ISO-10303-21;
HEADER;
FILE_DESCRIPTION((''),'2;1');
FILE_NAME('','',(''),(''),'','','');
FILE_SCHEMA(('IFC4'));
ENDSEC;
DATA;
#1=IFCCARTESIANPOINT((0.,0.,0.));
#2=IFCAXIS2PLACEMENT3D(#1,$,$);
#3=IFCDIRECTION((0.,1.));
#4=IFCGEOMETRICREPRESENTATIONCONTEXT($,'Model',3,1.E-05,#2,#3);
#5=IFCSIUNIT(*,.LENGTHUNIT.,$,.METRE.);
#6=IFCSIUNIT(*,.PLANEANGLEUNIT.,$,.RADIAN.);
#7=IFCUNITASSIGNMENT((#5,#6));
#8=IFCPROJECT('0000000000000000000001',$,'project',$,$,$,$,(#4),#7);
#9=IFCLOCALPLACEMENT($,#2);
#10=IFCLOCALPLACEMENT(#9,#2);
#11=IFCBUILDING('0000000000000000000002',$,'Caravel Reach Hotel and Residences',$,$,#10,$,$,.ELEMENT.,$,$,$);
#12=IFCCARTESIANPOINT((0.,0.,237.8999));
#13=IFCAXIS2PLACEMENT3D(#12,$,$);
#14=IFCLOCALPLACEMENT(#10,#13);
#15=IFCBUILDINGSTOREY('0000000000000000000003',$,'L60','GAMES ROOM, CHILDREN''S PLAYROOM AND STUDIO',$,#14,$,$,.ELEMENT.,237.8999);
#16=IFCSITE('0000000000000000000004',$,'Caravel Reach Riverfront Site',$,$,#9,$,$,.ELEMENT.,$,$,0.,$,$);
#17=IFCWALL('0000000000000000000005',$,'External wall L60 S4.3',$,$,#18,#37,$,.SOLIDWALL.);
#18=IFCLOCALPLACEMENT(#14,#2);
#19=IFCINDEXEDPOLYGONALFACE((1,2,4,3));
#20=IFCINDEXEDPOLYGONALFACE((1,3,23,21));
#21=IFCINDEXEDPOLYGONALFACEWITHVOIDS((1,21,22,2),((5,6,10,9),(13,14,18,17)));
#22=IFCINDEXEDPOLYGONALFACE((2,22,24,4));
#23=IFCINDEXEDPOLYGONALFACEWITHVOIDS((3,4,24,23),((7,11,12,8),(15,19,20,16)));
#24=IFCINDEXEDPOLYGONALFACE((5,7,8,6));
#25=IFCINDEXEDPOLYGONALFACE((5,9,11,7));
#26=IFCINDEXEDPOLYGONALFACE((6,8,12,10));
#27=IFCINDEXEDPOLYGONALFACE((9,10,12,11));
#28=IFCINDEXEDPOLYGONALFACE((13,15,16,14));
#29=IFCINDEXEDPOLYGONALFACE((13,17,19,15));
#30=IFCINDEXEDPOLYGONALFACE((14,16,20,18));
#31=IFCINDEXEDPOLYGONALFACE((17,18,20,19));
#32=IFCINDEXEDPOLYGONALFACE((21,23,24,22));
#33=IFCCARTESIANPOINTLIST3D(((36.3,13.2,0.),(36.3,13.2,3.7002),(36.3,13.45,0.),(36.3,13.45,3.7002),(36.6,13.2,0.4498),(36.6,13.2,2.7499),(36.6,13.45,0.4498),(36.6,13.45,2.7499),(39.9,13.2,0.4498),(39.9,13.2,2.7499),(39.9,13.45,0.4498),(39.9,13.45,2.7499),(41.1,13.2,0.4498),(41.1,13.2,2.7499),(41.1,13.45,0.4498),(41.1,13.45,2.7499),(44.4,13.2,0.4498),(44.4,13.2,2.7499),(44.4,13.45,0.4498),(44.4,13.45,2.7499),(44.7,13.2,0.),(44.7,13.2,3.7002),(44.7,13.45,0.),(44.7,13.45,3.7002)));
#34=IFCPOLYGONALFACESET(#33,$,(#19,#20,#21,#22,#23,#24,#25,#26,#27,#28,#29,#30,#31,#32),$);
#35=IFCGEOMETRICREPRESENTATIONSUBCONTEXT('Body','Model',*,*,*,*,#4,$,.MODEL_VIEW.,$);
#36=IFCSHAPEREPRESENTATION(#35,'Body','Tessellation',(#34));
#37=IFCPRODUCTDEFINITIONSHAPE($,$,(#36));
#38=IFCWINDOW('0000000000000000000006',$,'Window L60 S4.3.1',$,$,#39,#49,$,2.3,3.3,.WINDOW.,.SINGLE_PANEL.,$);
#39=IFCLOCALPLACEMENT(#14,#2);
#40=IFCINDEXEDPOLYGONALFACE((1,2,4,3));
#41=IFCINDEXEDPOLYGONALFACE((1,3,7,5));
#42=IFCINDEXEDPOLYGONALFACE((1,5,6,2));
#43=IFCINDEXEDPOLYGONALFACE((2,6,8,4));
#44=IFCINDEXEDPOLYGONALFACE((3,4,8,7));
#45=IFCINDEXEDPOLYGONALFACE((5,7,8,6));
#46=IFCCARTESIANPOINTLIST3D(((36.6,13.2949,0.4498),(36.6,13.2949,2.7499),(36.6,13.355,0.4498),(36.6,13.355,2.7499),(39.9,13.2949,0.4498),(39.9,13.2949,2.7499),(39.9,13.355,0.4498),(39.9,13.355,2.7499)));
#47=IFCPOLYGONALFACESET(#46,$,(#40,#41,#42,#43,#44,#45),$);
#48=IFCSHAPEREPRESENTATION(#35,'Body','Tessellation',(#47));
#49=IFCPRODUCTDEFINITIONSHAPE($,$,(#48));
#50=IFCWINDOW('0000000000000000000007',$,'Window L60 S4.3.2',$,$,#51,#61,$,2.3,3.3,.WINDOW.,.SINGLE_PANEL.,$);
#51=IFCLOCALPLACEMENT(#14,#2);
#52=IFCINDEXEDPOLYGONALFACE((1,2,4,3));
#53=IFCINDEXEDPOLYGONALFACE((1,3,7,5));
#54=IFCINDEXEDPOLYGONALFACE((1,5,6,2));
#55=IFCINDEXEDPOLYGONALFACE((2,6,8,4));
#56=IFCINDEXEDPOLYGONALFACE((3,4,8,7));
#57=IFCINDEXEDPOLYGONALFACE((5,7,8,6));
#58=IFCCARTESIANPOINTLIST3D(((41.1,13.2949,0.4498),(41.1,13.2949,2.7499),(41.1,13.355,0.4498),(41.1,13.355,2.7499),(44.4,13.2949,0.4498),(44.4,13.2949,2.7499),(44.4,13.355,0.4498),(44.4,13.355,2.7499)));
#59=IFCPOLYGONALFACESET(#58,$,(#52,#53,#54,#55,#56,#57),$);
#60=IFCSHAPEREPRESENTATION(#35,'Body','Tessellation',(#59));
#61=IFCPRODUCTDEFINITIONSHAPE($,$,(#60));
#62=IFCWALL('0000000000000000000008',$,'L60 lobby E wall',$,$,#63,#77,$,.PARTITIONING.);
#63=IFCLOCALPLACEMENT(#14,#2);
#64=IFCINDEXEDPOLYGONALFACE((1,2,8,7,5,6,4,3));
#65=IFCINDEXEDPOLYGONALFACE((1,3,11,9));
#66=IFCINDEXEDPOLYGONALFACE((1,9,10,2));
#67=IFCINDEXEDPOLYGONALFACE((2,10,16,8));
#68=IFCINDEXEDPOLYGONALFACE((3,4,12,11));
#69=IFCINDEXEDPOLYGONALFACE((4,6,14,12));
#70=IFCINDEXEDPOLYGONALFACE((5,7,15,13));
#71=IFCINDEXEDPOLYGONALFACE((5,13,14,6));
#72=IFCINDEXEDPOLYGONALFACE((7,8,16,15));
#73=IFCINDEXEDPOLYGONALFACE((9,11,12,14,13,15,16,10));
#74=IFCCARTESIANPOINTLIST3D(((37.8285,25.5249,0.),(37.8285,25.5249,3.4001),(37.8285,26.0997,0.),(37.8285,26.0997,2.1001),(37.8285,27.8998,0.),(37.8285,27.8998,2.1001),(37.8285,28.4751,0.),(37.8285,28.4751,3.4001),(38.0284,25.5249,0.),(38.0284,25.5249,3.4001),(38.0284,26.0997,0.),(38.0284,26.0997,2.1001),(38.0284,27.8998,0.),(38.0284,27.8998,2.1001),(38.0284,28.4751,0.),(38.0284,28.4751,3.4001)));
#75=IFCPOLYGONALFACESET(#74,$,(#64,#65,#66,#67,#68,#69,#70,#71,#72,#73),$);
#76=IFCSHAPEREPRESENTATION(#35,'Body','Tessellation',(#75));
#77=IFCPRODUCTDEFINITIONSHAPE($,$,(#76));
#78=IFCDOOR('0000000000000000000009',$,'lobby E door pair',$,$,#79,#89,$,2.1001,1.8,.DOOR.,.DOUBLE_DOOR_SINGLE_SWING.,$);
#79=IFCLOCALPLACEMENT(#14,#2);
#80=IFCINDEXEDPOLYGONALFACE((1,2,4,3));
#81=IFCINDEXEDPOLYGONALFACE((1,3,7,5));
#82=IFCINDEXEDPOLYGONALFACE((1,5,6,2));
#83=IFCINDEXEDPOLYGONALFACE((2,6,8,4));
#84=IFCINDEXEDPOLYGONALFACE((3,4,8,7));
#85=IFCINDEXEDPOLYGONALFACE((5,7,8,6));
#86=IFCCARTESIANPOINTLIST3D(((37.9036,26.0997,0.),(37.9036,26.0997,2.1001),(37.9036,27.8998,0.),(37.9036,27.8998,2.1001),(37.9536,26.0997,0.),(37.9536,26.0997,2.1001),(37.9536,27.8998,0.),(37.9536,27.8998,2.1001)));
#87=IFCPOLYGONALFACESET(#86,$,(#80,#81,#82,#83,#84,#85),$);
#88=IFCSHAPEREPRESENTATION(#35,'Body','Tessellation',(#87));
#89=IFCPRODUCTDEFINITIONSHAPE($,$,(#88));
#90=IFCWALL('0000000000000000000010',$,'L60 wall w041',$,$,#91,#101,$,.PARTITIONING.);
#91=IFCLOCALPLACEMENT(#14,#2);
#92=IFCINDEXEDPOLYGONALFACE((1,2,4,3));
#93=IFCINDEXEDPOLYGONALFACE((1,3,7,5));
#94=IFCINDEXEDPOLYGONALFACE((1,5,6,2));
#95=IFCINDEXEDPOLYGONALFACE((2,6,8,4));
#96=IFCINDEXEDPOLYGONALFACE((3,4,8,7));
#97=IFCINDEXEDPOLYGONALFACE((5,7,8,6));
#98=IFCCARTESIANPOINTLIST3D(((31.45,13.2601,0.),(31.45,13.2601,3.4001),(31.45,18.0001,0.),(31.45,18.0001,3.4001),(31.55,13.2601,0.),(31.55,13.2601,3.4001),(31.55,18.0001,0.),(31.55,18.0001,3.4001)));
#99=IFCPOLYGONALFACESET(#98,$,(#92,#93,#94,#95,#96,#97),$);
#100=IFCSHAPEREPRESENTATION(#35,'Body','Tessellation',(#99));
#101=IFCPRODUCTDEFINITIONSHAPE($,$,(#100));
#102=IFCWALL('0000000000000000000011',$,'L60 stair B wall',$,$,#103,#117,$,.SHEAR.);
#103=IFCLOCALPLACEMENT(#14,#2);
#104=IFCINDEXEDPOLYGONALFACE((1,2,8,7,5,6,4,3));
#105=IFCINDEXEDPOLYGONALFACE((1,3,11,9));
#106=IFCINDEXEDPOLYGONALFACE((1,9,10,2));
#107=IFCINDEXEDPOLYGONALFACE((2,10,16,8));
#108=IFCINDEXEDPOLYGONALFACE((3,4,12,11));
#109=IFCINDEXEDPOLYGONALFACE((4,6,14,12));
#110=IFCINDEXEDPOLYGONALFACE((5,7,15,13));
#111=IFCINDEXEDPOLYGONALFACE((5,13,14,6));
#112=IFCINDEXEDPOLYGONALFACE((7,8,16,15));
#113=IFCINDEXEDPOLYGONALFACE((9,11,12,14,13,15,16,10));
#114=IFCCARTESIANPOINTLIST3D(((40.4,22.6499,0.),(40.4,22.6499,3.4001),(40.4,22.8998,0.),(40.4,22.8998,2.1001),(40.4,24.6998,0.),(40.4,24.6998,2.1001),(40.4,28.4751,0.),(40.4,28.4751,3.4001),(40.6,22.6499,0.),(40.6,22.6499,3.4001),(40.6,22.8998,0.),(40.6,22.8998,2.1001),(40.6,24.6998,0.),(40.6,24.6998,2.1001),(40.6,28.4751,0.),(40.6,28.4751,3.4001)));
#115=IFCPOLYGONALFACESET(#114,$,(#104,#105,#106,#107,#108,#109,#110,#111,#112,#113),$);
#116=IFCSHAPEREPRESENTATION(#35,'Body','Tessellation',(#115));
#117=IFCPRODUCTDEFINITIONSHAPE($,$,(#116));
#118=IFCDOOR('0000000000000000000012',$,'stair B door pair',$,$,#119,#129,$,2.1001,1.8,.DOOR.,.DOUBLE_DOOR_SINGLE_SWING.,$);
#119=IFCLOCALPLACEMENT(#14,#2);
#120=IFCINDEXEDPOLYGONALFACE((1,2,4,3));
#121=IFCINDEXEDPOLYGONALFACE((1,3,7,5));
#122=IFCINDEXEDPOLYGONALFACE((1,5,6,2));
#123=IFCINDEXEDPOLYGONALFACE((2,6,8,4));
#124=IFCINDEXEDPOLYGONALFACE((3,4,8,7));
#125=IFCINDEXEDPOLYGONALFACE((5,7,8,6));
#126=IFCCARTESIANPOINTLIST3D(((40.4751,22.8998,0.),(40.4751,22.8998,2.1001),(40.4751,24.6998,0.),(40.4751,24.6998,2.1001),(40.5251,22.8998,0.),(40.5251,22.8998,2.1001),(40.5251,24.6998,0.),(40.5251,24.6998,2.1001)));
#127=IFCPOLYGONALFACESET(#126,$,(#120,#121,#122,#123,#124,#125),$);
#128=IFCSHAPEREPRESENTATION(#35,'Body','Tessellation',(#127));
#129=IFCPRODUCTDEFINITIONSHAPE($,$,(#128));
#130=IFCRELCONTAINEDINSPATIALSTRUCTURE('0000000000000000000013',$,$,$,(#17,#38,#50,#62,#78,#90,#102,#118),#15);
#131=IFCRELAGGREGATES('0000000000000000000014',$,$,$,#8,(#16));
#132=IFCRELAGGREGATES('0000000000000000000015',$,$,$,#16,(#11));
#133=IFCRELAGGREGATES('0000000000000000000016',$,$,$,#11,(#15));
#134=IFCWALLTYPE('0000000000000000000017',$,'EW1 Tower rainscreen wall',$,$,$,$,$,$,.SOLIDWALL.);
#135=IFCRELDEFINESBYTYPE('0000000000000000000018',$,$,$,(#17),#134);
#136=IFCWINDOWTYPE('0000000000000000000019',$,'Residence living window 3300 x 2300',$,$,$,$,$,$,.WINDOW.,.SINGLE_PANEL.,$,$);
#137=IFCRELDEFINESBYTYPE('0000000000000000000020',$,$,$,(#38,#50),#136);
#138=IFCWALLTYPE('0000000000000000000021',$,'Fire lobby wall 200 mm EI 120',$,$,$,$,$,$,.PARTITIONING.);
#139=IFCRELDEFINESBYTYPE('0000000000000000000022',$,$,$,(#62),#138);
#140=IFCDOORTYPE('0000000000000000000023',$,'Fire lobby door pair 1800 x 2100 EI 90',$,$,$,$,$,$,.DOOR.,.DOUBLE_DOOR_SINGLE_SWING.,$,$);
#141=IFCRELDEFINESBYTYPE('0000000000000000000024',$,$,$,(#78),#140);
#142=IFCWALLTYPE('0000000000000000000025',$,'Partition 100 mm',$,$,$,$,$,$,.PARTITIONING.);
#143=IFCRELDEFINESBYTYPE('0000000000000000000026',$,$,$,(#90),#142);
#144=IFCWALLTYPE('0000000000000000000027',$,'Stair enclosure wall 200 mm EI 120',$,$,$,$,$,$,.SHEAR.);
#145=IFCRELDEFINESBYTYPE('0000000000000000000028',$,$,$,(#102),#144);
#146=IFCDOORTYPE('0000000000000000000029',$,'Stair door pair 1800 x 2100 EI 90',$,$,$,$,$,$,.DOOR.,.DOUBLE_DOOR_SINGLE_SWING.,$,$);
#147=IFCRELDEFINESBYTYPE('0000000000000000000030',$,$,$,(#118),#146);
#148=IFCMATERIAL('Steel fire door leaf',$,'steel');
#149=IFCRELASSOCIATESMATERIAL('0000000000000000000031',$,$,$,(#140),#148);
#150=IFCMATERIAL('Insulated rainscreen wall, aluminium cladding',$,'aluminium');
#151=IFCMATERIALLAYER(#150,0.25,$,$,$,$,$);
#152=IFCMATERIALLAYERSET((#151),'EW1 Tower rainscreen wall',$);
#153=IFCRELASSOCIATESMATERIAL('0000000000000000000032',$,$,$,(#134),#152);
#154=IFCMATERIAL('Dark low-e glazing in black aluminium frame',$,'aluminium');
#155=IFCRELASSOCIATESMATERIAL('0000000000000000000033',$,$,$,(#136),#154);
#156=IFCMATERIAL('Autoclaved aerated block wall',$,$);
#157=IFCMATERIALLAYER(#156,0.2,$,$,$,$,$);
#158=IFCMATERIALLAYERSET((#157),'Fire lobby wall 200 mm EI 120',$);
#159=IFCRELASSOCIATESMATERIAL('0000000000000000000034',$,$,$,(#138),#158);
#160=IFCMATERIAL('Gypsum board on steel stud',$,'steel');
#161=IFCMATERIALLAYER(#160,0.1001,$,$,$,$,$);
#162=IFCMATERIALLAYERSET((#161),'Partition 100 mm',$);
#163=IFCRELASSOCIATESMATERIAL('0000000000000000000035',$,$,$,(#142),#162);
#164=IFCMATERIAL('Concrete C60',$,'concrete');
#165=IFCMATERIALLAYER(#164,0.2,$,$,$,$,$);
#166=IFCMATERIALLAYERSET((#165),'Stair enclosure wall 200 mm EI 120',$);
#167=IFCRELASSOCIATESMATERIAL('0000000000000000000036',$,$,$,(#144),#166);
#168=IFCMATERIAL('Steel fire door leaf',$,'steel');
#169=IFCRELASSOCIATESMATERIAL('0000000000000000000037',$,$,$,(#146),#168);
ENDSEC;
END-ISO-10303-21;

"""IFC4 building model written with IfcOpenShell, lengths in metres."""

from ifc_helpers import new_model, si_unit, direction, frame, frame_2d, origin, place, context, subcontext, project, spatial, rectangle, extrude, material, layer, layer_set, type_object, element, fill, save


model = new_model("IFC4")

# Units and contexts
model_context = context("Model", 3, precision=1e-05, world=origin(), true_north=direction((0.0, 1.0)))
body_context = subcontext(model_context, "Body", "Model", "MODEL_VIEW")
ifc_project = project(units=[si_unit("LENGTHUNIT", "METRE"), si_unit("PLANEANGLEUNIT", "RADIAN")], contexts=[model_context])

# Site, building, storey
site_placement = place(None, origin())
site = spatial("IfcSite", under=ifc_project, at=site_placement, Name="Caravel Reach Riverfront Site", CompositionType="ELEMENT", RefElevation=0.0)
building_placement = place(site_placement, origin())
building = spatial("IfcBuilding", under=site, at=building_placement, Name="Caravel Reach Hotel and Residences", CompositionType="ELEMENT")
storey_placement = place(building_placement, frame((0.0, 0.0, 237.8999)))
storey = spatial("IfcBuildingStorey", under=building, at=storey_placement, Name="L60", Description="GAMES ROOM, CHILDREN'S PLAYROOM AND STUDIO", CompositionType="ELEMENT", Elevation=237.8999)

# Shared definitions
ifc_material_1 = material(Name="Steel fire door leaf", Category="steel")
door_type_1 = type_object("IfcDoorType", Name="Fire lobby door pair 1800 x 2100 EI 90", OperationType="DOUBLE_DOOR_SINGLE_SWING", PredefinedType="DOOR", material=ifc_material_1)

# Wall, openings, windows
ifc_material_2 = material(Name="Insulated rainscreen wall, aluminium cladding", Category="aluminium")
ifc_layer_1 = layer(ifc_material_2, 0.25)
ifc_layer_set_1 = layer_set([ifc_layer_1], Name="EW1 Tower rainscreen wall")
wall_type_1 = type_object("IfcWallType", Name="EW1 Tower rainscreen wall", PredefinedType="SOLIDWALL", material=ifc_layer_set_1)
wall_1_placement = place(storey_placement, frame((36.3, 13.325, 0.0), z_axis=(0.0, 0.0, 1.0), x_axis=(1.0, 0.0, 0.0)))
wall_1 = element("IfcWall", 1, at=wall_1_placement, inside=storey, type_object=wall_type_1, Name="External wall L60 S4.3", PredefinedType="SOLIDWALL", context=body_context, shape_type="SweptSolid", body=[
    extrude(rectangle(XDim=8.3999, YDim=0.25, at=frame_2d((4.2, 0.0))), origin(), (0.0, 0.0, 1.0), 3.7002),
])
opening_1_placement = place(wall_1_placement, frame((0.3, 0.0, 0.45)))
opening_1 = element("IfcOpeningElement", 2, at=opening_1_placement, cuts=wall_1, PredefinedType="OPENING", context=body_context, shape_type="SweptSolid", body=[
    extrude(rectangle(XDim=3.3, YDim=2.3, at=frame_2d((1.6499, 1.1499))), frame((0.0, 0.135, 0.0), z_axis=(0.0, -1.0, 0.0), x_axis=(1.0, 0.0, 0.0)), (0.0, 0.0, 1.0), 0.27),
])
opening_2_placement = place(wall_1_placement, frame((4.8, 0.0, 0.45)))
opening_2 = element("IfcOpeningElement", 3, at=opening_2_placement, cuts=wall_1, PredefinedType="OPENING", context=body_context, shape_type="SweptSolid", body=[
    extrude(rectangle(XDim=3.3, YDim=2.3, at=frame_2d((1.6499, 1.1499))), frame((0.0, 0.135, 0.0), z_axis=(0.0, -1.0, 0.0), x_axis=(1.0, 0.0, 0.0)), (0.0, 0.0, 1.0), 0.27),
])
ifc_material_3 = material(Name="Dark low-e glazing in black aluminium frame", Category="aluminium")
window_type = type_object("IfcWindowType", Name="Residence living window 3300 x 2300", PartitioningType="SINGLE_PANEL", PredefinedType="WINDOW", material=ifc_material_3)
window_1_placement = place(opening_1_placement, origin())
window_1 = element("IfcWindow", 4, at=window_1_placement, inside=storey, type_object=window_type, Name="Window L60 S4.3.1", OverallHeight=2.3, OverallWidth=3.3, PartitioningType="SINGLE_PANEL", PredefinedType="WINDOW", context=body_context, shape_type="SweptSolid", body=[
    extrude(rectangle(XDim=3.3, YDim=2.3, at=frame_2d((1.6499, 1.1499))), frame((0.0, 0.03, 0.0), z_axis=(0.0, -1.0, 0.0), x_axis=(1.0, 0.0, 0.0)), (0.0, 0.0, 1.0), 0.0601),
])
fill(opening_1, window_1)
window_2_placement = place(opening_2_placement, origin())
window_2 = element("IfcWindow", 5, at=window_2_placement, inside=storey, type_object=window_type, Name="Window L60 S4.3.2", OverallHeight=2.3, OverallWidth=3.3, PartitioningType="SINGLE_PANEL", PredefinedType="WINDOW", context=body_context, shape_type="SweptSolid", body=[
    extrude(rectangle(XDim=3.3, YDim=2.3, at=frame_2d((1.6499, 1.1499))), frame((0.0, 0.03, 0.0), z_axis=(0.0, -1.0, 0.0), x_axis=(1.0, 0.0, 0.0)), (0.0, 0.0, 1.0), 0.0601),
])
fill(opening_2, window_2)

# Wall, opening, door
ifc_material_4 = material(Name="Autoclaved aerated block wall")
ifc_layer_2 = layer(ifc_material_4, 0.2)
ifc_layer_set_2 = layer_set([ifc_layer_2], Name="Fire lobby wall 200 mm EI 120")
wall_type_2 = type_object("IfcWallType", Name="Fire lobby wall 200 mm EI 120", PredefinedType="PARTITIONING", material=ifc_layer_set_2)
wall_2_placement = place(storey_placement, frame((37.9285, 25.5249, 0.0), z_axis=(0.0, 0.0, 1.0), x_axis=(0.0, 1.0, 0.0)))
wall_2 = element("IfcWall", 6, at=wall_2_placement, inside=storey, type_object=wall_type_2, Name="L60 lobby E wall", PredefinedType="PARTITIONING", context=body_context, shape_type="SweptSolid", body=[
    extrude(rectangle(XDim=2.9502, YDim=0.2, at=frame_2d((1.4751, 0.0))), origin(), (0.0, 0.0, 1.0), 3.4001),
])
opening_3_placement = place(wall_2_placement, frame((0.575, 0.0, 0.0)))
opening_3 = element("IfcOpeningElement", 7, at=opening_3_placement, cuts=wall_2, PredefinedType="OPENING", context=body_context, shape_type="SweptSolid", body=[
    extrude(rectangle(XDim=1.8, YDim=2.1001, at=frame_2d((0.8999, 1.05))), frame((0.0, 0.1099, 0.0), z_axis=(0.0, -1.0, 0.0), x_axis=(1.0, 0.0, 0.0)), (0.0, 0.0, 1.0), 0.22),
])
door_1_placement = place(opening_3_placement, origin())
door_1 = element("IfcDoor", 8, at=door_1_placement, inside=storey, type_object=door_type_1, Name="lobby E door pair", OperationType="DOUBLE_DOOR_SINGLE_SWING", OverallHeight=2.1001, OverallWidth=1.8, PredefinedType="DOOR", context=body_context, shape_type="SweptSolid", body=[
    extrude(rectangle(XDim=1.8, YDim=2.1001, at=frame_2d((0.8999, 1.05))), frame((0.0, 0.0249, 0.0), z_axis=(0.0, -1.0, 0.0), x_axis=(1.0, 0.0, 0.0)), (0.0, 0.0, 1.0), 0.05),
])
fill(opening_3, door_1)

# Wall
ifc_material_5 = material(Name="Gypsum board on steel stud", Category="steel")
ifc_layer_3 = layer(ifc_material_5, 0.1001)
ifc_layer_set_3 = layer_set([ifc_layer_3], Name="Partition 100 mm")
wall_type_3 = type_object("IfcWallType", Name="Partition 100 mm", PredefinedType="PARTITIONING", material=ifc_layer_set_3)
wall_3_placement = place(storey_placement, frame((31.5, 13.26, 0.0), z_axis=(0.0, 0.0, 1.0), x_axis=(0.0, 1.0, 0.0)))
element("IfcWall", 9, at=wall_3_placement, inside=storey, type_object=wall_type_3, Name="L60 wall w041", PredefinedType="PARTITIONING", context=body_context, shape_type="SweptSolid", body=[
    extrude(rectangle(XDim=4.74, YDim=0.1001, at=frame_2d((2.3701, 0.0))), origin(), (0.0, 0.0, 1.0), 3.4001),
])

# Wall, opening, door
ifc_material_6 = material(Name="Concrete C60", Category="concrete")
ifc_layer_4 = layer(ifc_material_6, 0.2)
ifc_layer_set_4 = layer_set([ifc_layer_4], Name="Stair enclosure wall 200 mm EI 120")
wall_type_4 = type_object("IfcWallType", Name="Stair enclosure wall 200 mm EI 120", PredefinedType="SHEAR", material=ifc_layer_set_4)
wall_4_placement = place(storey_placement, frame((40.5, 22.6499, 0.0), z_axis=(0.0, 0.0, 1.0), x_axis=(0.0, 1.0, 0.0)))
wall_4 = element("IfcWall", 10, at=wall_4_placement, inside=storey, type_object=wall_type_4, Name="L60 stair B wall", PredefinedType="SHEAR", context=body_context, shape_type="SweptSolid", body=[
    extrude(rectangle(XDim=5.8252, YDim=0.2, at=frame_2d((2.9126, 0.0))), origin(), (0.0, 0.0, 1.0), 3.4001),
])
opening_4_placement = place(wall_4_placement, frame((0.25, 0.0, 0.0)))
opening_4 = element("IfcOpeningElement", 11, at=opening_4_placement, cuts=wall_4, PredefinedType="OPENING", context=body_context, shape_type="SweptSolid", body=[
    extrude(rectangle(XDim=1.8, YDim=2.1001, at=frame_2d((0.8999, 1.05))), frame((0.0, 0.1099, 0.0), z_axis=(0.0, -1.0, 0.0), x_axis=(1.0, 0.0, 0.0)), (0.0, 0.0, 1.0), 0.22),
])
ifc_material_7 = material(Name="Steel fire door leaf", Category="steel")
door_type_2 = type_object("IfcDoorType", Name="Stair door pair 1800 x 2100 EI 90", OperationType="DOUBLE_DOOR_SINGLE_SWING", PredefinedType="DOOR", material=ifc_material_7)
door_2_placement = place(opening_4_placement, origin())
door_2 = element("IfcDoor", 12, at=door_2_placement, inside=storey, type_object=door_type_2, Name="stair B door pair", OperationType="DOUBLE_DOOR_SINGLE_SWING", OverallHeight=2.1001, OverallWidth=1.8, PredefinedType="DOOR", context=body_context, shape_type="SweptSolid", body=[
    extrude(rectangle(XDim=1.8, YDim=2.1001, at=frame_2d((0.8999, 1.05))), frame((0.0, 0.0249, 0.0), z_axis=(0.0, -1.0, 0.0), x_axis=(1.0, 0.0, 0.0)), (0.0, 0.0, 1.0), 0.05),
])
fill(opening_4, door_2)

save(model, "model.ifc")
